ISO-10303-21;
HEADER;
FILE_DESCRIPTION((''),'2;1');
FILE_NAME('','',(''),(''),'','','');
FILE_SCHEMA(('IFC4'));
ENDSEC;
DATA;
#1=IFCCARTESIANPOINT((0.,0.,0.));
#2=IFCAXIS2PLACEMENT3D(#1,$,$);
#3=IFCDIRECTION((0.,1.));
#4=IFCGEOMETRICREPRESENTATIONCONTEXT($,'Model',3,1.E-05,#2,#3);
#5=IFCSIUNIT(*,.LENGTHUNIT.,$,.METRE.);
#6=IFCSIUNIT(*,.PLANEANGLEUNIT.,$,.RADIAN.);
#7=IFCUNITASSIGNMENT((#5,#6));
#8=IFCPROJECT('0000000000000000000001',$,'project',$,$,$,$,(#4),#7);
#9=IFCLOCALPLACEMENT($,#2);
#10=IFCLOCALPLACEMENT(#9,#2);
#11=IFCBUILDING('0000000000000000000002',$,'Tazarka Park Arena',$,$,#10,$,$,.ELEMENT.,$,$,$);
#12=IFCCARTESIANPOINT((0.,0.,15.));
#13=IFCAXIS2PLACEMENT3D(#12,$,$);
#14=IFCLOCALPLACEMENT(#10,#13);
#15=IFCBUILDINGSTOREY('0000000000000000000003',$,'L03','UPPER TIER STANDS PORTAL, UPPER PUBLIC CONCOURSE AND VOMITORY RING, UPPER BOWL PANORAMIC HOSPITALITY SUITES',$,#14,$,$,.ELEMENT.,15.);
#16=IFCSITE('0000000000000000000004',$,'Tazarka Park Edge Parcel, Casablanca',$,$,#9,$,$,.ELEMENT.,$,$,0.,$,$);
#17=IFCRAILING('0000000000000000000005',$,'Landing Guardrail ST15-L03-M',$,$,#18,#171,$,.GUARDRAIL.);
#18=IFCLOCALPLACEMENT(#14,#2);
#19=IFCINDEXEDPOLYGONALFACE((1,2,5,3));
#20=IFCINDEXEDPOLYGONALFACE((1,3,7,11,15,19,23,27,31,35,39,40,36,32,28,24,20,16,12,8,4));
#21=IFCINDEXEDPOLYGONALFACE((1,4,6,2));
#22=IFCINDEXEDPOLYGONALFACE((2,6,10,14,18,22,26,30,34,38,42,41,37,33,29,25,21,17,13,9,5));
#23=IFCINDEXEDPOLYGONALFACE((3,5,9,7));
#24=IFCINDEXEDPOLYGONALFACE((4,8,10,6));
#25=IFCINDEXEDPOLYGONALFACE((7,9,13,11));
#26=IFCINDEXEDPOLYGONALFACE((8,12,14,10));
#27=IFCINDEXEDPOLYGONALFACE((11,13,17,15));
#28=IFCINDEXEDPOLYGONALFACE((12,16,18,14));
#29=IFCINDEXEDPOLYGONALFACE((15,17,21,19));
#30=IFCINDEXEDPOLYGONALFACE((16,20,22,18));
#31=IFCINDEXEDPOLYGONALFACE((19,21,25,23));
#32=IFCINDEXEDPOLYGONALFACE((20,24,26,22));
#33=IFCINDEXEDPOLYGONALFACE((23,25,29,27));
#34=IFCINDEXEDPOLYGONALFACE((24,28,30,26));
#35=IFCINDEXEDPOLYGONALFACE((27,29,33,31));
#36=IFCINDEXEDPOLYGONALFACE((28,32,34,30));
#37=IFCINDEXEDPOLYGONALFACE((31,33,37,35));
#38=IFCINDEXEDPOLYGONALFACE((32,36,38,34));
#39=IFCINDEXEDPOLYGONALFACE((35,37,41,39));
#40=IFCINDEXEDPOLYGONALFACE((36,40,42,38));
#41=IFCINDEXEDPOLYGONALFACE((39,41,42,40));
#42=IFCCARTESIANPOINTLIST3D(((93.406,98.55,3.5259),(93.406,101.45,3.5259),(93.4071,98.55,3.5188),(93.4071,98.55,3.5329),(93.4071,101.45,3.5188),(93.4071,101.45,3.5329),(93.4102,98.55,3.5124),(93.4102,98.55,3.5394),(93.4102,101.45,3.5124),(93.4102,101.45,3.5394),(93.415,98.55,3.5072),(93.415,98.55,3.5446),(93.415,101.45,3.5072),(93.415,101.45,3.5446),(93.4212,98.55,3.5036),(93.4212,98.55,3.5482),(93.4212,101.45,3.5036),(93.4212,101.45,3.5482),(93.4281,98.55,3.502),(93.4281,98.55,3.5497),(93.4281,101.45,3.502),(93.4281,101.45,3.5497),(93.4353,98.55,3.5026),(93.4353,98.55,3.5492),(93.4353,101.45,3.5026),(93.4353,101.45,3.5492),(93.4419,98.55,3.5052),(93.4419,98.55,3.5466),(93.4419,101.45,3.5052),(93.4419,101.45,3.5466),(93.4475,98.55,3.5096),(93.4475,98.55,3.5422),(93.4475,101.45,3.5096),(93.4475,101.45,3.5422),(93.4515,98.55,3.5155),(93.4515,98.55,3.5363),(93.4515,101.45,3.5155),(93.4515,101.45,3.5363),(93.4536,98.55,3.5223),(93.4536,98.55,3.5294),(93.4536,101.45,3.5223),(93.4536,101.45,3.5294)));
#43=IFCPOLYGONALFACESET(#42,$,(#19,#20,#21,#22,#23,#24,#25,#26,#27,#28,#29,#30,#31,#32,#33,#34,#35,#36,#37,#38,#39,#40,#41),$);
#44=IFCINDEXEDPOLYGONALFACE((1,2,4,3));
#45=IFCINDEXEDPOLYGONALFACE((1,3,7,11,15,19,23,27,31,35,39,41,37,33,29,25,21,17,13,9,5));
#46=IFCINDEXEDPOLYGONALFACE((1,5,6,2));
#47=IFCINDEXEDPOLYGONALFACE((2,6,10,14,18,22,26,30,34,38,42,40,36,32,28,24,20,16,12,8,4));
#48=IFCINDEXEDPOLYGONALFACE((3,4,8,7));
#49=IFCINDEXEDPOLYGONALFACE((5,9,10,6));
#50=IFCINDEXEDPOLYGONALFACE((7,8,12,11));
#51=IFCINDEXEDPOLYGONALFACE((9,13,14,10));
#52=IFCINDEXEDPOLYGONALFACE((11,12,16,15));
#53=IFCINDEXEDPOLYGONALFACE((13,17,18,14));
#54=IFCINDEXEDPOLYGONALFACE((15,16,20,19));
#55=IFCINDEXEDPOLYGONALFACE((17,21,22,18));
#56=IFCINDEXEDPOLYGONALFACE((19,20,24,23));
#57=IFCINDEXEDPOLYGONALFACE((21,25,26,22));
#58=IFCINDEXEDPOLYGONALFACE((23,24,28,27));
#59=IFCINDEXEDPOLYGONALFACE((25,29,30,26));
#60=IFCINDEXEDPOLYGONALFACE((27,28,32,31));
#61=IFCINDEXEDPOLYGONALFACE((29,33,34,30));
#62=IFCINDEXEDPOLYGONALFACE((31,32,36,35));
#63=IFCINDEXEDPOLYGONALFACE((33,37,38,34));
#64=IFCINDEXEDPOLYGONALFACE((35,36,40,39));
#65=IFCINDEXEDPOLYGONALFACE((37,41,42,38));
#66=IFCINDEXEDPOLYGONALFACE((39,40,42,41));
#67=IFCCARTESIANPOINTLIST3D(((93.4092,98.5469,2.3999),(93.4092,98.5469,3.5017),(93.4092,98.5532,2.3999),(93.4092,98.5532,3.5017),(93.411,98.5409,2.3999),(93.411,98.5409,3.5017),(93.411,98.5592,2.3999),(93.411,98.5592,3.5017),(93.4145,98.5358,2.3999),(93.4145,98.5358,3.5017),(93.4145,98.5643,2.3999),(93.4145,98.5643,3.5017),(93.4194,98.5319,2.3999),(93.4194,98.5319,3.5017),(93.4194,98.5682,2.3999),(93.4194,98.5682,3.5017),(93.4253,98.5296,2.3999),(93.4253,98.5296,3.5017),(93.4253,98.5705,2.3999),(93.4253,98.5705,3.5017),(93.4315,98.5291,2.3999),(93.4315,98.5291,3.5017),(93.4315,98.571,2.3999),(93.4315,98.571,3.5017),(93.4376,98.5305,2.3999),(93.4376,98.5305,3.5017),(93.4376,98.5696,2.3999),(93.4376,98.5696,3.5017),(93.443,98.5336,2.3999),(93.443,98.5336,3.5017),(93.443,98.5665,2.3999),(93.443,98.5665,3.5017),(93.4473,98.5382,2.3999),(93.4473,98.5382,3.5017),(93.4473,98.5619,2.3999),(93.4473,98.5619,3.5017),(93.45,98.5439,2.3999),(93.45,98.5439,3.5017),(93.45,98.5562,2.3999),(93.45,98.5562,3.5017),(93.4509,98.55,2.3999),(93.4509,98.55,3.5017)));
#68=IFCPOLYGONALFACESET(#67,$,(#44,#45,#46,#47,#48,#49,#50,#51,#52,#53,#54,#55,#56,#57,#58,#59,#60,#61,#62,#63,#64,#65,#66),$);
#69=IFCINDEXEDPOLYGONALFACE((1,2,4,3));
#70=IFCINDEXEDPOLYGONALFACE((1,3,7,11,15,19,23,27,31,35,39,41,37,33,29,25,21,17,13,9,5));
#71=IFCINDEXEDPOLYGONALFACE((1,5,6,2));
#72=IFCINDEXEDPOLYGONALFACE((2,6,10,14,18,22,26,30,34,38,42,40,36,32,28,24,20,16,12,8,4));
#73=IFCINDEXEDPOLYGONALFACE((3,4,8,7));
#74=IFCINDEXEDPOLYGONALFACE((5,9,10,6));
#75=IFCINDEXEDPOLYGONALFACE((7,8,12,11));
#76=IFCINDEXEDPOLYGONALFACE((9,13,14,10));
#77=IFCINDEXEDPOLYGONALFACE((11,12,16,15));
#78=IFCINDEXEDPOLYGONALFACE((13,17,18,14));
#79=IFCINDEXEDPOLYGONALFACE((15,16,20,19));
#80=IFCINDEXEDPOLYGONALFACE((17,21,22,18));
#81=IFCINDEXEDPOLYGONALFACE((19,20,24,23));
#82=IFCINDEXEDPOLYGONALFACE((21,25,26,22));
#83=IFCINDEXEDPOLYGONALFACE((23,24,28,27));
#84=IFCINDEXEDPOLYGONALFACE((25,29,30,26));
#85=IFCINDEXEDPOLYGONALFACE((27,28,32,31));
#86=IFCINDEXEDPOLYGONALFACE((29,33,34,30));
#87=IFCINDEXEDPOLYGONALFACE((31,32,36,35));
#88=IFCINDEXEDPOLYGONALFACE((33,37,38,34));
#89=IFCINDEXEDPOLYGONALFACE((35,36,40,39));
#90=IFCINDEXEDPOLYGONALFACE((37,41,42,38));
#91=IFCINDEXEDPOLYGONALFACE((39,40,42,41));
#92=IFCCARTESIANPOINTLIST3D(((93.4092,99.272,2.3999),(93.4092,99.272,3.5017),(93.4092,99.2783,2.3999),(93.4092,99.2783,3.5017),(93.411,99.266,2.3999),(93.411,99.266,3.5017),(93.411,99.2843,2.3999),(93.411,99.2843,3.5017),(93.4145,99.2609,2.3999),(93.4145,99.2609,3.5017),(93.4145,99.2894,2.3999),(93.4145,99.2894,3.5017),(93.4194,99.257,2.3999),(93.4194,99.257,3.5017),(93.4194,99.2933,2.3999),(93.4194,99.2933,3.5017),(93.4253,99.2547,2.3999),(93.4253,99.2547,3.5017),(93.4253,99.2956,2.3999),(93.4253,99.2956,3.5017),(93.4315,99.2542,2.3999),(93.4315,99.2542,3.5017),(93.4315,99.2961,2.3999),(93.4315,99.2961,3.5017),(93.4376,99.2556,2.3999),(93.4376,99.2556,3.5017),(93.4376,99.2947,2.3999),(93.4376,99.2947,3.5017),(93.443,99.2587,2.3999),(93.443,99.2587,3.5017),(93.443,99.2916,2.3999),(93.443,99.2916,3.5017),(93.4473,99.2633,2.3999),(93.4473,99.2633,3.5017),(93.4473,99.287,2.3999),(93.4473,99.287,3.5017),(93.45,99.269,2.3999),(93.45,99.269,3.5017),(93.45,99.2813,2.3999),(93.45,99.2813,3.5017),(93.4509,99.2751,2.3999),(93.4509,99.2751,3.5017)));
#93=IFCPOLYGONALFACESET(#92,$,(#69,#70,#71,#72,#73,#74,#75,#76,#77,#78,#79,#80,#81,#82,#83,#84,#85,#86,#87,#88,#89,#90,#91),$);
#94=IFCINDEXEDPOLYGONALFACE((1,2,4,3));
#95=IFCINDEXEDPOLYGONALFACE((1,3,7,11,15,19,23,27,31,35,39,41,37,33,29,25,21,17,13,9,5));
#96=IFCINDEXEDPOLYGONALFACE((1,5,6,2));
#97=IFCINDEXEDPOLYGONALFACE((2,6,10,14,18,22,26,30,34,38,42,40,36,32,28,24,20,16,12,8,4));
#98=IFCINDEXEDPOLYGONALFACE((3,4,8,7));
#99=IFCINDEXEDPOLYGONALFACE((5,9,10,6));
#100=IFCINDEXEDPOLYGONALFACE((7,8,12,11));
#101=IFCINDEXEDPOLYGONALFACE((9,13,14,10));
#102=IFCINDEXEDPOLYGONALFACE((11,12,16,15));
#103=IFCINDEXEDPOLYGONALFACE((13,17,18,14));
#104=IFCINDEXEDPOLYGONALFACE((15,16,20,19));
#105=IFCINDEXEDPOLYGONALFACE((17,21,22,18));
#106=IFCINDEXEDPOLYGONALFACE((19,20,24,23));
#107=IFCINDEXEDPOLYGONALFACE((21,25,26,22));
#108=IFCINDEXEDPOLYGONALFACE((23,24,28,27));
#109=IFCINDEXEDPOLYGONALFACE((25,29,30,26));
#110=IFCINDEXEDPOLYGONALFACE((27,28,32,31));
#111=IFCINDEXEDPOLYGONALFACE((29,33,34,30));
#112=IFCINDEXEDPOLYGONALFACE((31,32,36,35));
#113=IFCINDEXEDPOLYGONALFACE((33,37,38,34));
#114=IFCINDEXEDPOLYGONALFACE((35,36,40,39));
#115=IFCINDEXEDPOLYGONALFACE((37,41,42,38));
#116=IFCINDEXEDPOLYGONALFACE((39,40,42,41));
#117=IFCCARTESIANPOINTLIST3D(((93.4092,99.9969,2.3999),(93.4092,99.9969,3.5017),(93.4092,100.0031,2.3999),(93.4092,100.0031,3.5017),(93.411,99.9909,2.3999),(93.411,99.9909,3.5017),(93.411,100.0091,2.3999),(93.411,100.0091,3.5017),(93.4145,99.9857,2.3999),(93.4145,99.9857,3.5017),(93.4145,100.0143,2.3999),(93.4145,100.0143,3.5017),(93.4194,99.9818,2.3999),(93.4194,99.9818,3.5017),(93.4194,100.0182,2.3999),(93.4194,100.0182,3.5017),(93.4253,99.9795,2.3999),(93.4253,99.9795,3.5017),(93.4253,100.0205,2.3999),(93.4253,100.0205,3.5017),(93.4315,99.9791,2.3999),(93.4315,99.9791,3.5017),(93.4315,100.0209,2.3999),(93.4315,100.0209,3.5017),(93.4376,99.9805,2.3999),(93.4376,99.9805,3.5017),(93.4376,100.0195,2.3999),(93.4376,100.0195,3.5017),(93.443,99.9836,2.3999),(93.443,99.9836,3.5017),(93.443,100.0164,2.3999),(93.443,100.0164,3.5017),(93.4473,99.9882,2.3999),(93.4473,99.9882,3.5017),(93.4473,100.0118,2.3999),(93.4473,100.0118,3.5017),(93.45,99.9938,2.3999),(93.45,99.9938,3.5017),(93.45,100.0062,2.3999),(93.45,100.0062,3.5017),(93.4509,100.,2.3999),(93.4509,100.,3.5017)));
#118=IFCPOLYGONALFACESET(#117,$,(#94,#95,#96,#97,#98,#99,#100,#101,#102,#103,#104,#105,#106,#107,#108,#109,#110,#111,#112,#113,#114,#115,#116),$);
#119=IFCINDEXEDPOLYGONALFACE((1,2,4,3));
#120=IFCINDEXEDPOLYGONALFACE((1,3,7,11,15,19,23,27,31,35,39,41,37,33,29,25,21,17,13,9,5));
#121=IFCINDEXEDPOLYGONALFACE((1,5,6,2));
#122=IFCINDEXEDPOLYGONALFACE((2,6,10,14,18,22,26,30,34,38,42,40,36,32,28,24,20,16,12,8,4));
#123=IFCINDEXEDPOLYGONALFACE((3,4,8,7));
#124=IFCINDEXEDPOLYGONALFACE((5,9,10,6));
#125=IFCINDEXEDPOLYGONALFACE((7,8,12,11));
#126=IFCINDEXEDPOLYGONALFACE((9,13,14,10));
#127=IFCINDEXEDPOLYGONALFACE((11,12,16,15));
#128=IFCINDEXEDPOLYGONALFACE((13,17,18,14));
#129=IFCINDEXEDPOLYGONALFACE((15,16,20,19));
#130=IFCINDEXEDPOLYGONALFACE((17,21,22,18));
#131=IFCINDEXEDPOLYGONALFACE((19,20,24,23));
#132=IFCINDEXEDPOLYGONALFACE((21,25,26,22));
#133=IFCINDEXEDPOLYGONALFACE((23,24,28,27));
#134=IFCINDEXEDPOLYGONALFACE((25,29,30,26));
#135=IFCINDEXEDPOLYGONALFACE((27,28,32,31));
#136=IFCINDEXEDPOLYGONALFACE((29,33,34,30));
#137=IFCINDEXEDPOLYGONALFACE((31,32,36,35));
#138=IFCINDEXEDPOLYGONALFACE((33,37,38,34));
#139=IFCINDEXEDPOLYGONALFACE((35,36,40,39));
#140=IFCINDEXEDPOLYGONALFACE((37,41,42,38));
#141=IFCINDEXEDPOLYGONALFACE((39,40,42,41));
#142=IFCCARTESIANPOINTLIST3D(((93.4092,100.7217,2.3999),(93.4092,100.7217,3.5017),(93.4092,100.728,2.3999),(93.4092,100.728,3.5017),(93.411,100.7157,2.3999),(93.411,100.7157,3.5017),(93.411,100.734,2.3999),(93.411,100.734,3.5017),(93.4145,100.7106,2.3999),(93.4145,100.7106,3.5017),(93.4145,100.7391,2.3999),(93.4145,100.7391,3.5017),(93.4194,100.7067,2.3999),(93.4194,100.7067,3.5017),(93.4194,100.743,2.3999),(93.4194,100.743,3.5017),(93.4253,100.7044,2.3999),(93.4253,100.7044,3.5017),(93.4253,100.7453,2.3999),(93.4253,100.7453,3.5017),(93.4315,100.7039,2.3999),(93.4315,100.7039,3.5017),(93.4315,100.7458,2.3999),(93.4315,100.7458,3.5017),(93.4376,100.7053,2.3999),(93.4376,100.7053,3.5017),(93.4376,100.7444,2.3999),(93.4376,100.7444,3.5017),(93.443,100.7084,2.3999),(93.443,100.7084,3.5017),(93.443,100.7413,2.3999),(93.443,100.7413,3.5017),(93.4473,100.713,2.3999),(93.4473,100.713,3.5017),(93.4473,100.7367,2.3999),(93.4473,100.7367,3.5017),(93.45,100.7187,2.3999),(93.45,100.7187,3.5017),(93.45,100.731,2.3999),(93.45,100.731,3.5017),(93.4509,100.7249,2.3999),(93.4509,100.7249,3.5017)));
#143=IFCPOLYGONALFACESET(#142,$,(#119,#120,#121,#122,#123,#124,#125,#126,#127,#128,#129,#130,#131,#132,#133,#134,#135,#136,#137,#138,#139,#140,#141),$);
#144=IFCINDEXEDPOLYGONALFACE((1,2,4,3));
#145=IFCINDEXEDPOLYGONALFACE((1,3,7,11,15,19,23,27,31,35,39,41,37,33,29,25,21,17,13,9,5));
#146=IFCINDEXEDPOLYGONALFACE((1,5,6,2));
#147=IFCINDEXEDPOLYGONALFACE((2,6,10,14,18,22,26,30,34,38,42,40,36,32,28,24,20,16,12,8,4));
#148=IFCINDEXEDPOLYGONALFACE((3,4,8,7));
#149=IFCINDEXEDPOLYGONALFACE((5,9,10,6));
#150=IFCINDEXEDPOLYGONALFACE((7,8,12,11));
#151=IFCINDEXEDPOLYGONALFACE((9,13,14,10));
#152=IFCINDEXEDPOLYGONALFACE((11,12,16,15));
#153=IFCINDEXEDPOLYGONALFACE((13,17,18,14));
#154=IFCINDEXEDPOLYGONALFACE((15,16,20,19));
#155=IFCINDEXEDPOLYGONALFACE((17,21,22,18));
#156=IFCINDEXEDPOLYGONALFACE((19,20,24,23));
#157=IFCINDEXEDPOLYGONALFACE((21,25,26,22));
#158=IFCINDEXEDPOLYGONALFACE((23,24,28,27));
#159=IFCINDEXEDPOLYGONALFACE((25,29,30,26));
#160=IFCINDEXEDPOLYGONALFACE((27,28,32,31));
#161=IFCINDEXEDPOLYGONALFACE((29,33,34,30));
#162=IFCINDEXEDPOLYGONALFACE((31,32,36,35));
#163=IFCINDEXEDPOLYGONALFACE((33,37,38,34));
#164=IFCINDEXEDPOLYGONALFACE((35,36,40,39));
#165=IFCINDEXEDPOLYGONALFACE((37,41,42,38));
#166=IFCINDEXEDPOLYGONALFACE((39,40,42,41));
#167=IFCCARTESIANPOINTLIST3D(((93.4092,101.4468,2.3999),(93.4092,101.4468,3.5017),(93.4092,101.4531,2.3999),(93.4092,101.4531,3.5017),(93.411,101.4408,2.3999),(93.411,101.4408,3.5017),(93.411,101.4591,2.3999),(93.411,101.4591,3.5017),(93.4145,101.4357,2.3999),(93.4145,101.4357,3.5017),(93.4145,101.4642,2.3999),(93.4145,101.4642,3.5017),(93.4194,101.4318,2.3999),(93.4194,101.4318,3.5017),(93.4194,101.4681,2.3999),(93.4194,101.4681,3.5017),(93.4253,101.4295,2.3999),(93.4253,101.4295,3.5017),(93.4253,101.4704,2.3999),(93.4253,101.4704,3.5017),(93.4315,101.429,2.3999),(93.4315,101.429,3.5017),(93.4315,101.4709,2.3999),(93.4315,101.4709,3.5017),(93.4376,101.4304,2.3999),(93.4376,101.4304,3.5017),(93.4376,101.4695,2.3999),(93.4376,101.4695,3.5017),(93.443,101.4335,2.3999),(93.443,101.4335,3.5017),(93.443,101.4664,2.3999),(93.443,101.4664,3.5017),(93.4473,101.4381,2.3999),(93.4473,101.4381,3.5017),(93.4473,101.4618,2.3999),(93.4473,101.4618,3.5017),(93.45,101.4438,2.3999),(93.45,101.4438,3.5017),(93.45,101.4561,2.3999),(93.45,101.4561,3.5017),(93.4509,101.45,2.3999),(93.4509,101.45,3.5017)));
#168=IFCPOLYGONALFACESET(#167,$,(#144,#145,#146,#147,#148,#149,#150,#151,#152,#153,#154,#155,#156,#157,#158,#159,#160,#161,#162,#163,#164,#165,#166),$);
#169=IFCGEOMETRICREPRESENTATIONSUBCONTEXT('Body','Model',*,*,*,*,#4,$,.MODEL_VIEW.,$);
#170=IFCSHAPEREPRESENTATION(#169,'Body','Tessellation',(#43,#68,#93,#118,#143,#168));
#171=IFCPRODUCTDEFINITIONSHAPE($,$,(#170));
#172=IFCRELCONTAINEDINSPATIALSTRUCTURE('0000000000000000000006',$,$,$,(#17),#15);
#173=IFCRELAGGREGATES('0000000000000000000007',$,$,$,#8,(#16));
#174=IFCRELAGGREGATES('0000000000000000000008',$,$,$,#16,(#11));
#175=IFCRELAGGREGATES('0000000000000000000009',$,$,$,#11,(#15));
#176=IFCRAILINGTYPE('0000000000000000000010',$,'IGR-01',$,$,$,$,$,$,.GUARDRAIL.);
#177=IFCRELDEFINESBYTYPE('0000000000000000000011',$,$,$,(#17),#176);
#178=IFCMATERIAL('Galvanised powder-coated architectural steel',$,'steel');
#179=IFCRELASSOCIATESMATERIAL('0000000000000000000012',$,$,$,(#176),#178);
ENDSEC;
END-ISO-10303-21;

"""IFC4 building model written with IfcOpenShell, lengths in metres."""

from ifc_helpers import new_model, si_unit, direction, frame, origin, origin_2d, place, context, subcontext, project, spatial, circle, extrude, material, type_object, element, save


model = new_model("IFC4")

# Units and contexts
model_context = context("Model", 3, precision=1e-05, world=origin(), true_north=direction((0.0, 1.0)))
body_context = subcontext(model_context, "Body", "Model", "MODEL_VIEW")
ifc_project = project(units=[si_unit("LENGTHUNIT", "METRE"), si_unit("PLANEANGLEUNIT", "RADIAN")], contexts=[model_context])

# Site, building, storey
site_placement = place(None, origin())
site = spatial("IfcSite", under=ifc_project, at=site_placement, Name="Tazarka Park Edge Parcel, Casablanca", CompositionType="ELEMENT", RefElevation=0.0)
building_placement = place(site_placement, origin())
building = spatial("IfcBuilding", under=site, at=building_placement, Name="Tazarka Park Arena", CompositionType="ELEMENT")
storey_placement = place(building_placement, frame((0.0, 0.0, 15.0)))
storey = spatial("IfcBuildingStorey", under=building, at=storey_placement, Name="L03", Description="UPPER TIER STANDS PORTAL, UPPER PUBLIC CONCOURSE AND VOMITORY RING, UPPER BOWL PANORAMIC HOSPITALITY SUITES", CompositionType="ELEMENT", Elevation=15.0)

# Railing
ifc_material_1 = material(Name="Galvanised powder-coated architectural steel", Category="steel")
railing_type_1 = type_object("IfcRailingType", Name="IGR-01", PredefinedType="GUARDRAIL", material=ifc_material_1)
railing_1_placement = place(storey_placement, frame((93.4299, 98.55, 2.3999)))
element("IfcRailing", 1, at=railing_1_placement, inside=storey, type_object=railing_type_1, Name="Landing Guardrail ST15-L03-M", PredefinedType="GUARDRAIL", context=body_context, shape_type="SweptSolid", body=[
    extrude(circle(Radius=0.0239, at=origin_2d()), frame((0.0, 0.0, 1.126), z_axis=(0.0, 1.0, 0.0), x_axis=(-1.0, 0.0, 0.0)), (0.0, 0.0, 1.0), 2.8999),
    extrude(circle(Radius=0.021, at=origin_2d()), origin(), (0.0, 0.0, 1.0), 1.1018),
    extrude(circle(Radius=0.021, at=origin_2d()), frame((0.0, 0.7251, 0.0)), (0.0, 0.0, 1.0), 1.1018),
    extrude(circle(Radius=0.021, at=origin_2d()), frame((0.0, 1.45, 0.0)), (0.0, 0.0, 1.0), 1.1018),
    extrude(circle(Radius=0.021, at=origin_2d()), frame((0.0, 2.1748, 0.0)), (0.0, 0.0, 1.0), 1.1018),
    extrude(circle(Radius=0.021, at=origin_2d()), frame((0.0, 2.8999, 0.0)), (0.0, 0.0, 1.0), 1.1018),
])

save(model, "model.ifc")
